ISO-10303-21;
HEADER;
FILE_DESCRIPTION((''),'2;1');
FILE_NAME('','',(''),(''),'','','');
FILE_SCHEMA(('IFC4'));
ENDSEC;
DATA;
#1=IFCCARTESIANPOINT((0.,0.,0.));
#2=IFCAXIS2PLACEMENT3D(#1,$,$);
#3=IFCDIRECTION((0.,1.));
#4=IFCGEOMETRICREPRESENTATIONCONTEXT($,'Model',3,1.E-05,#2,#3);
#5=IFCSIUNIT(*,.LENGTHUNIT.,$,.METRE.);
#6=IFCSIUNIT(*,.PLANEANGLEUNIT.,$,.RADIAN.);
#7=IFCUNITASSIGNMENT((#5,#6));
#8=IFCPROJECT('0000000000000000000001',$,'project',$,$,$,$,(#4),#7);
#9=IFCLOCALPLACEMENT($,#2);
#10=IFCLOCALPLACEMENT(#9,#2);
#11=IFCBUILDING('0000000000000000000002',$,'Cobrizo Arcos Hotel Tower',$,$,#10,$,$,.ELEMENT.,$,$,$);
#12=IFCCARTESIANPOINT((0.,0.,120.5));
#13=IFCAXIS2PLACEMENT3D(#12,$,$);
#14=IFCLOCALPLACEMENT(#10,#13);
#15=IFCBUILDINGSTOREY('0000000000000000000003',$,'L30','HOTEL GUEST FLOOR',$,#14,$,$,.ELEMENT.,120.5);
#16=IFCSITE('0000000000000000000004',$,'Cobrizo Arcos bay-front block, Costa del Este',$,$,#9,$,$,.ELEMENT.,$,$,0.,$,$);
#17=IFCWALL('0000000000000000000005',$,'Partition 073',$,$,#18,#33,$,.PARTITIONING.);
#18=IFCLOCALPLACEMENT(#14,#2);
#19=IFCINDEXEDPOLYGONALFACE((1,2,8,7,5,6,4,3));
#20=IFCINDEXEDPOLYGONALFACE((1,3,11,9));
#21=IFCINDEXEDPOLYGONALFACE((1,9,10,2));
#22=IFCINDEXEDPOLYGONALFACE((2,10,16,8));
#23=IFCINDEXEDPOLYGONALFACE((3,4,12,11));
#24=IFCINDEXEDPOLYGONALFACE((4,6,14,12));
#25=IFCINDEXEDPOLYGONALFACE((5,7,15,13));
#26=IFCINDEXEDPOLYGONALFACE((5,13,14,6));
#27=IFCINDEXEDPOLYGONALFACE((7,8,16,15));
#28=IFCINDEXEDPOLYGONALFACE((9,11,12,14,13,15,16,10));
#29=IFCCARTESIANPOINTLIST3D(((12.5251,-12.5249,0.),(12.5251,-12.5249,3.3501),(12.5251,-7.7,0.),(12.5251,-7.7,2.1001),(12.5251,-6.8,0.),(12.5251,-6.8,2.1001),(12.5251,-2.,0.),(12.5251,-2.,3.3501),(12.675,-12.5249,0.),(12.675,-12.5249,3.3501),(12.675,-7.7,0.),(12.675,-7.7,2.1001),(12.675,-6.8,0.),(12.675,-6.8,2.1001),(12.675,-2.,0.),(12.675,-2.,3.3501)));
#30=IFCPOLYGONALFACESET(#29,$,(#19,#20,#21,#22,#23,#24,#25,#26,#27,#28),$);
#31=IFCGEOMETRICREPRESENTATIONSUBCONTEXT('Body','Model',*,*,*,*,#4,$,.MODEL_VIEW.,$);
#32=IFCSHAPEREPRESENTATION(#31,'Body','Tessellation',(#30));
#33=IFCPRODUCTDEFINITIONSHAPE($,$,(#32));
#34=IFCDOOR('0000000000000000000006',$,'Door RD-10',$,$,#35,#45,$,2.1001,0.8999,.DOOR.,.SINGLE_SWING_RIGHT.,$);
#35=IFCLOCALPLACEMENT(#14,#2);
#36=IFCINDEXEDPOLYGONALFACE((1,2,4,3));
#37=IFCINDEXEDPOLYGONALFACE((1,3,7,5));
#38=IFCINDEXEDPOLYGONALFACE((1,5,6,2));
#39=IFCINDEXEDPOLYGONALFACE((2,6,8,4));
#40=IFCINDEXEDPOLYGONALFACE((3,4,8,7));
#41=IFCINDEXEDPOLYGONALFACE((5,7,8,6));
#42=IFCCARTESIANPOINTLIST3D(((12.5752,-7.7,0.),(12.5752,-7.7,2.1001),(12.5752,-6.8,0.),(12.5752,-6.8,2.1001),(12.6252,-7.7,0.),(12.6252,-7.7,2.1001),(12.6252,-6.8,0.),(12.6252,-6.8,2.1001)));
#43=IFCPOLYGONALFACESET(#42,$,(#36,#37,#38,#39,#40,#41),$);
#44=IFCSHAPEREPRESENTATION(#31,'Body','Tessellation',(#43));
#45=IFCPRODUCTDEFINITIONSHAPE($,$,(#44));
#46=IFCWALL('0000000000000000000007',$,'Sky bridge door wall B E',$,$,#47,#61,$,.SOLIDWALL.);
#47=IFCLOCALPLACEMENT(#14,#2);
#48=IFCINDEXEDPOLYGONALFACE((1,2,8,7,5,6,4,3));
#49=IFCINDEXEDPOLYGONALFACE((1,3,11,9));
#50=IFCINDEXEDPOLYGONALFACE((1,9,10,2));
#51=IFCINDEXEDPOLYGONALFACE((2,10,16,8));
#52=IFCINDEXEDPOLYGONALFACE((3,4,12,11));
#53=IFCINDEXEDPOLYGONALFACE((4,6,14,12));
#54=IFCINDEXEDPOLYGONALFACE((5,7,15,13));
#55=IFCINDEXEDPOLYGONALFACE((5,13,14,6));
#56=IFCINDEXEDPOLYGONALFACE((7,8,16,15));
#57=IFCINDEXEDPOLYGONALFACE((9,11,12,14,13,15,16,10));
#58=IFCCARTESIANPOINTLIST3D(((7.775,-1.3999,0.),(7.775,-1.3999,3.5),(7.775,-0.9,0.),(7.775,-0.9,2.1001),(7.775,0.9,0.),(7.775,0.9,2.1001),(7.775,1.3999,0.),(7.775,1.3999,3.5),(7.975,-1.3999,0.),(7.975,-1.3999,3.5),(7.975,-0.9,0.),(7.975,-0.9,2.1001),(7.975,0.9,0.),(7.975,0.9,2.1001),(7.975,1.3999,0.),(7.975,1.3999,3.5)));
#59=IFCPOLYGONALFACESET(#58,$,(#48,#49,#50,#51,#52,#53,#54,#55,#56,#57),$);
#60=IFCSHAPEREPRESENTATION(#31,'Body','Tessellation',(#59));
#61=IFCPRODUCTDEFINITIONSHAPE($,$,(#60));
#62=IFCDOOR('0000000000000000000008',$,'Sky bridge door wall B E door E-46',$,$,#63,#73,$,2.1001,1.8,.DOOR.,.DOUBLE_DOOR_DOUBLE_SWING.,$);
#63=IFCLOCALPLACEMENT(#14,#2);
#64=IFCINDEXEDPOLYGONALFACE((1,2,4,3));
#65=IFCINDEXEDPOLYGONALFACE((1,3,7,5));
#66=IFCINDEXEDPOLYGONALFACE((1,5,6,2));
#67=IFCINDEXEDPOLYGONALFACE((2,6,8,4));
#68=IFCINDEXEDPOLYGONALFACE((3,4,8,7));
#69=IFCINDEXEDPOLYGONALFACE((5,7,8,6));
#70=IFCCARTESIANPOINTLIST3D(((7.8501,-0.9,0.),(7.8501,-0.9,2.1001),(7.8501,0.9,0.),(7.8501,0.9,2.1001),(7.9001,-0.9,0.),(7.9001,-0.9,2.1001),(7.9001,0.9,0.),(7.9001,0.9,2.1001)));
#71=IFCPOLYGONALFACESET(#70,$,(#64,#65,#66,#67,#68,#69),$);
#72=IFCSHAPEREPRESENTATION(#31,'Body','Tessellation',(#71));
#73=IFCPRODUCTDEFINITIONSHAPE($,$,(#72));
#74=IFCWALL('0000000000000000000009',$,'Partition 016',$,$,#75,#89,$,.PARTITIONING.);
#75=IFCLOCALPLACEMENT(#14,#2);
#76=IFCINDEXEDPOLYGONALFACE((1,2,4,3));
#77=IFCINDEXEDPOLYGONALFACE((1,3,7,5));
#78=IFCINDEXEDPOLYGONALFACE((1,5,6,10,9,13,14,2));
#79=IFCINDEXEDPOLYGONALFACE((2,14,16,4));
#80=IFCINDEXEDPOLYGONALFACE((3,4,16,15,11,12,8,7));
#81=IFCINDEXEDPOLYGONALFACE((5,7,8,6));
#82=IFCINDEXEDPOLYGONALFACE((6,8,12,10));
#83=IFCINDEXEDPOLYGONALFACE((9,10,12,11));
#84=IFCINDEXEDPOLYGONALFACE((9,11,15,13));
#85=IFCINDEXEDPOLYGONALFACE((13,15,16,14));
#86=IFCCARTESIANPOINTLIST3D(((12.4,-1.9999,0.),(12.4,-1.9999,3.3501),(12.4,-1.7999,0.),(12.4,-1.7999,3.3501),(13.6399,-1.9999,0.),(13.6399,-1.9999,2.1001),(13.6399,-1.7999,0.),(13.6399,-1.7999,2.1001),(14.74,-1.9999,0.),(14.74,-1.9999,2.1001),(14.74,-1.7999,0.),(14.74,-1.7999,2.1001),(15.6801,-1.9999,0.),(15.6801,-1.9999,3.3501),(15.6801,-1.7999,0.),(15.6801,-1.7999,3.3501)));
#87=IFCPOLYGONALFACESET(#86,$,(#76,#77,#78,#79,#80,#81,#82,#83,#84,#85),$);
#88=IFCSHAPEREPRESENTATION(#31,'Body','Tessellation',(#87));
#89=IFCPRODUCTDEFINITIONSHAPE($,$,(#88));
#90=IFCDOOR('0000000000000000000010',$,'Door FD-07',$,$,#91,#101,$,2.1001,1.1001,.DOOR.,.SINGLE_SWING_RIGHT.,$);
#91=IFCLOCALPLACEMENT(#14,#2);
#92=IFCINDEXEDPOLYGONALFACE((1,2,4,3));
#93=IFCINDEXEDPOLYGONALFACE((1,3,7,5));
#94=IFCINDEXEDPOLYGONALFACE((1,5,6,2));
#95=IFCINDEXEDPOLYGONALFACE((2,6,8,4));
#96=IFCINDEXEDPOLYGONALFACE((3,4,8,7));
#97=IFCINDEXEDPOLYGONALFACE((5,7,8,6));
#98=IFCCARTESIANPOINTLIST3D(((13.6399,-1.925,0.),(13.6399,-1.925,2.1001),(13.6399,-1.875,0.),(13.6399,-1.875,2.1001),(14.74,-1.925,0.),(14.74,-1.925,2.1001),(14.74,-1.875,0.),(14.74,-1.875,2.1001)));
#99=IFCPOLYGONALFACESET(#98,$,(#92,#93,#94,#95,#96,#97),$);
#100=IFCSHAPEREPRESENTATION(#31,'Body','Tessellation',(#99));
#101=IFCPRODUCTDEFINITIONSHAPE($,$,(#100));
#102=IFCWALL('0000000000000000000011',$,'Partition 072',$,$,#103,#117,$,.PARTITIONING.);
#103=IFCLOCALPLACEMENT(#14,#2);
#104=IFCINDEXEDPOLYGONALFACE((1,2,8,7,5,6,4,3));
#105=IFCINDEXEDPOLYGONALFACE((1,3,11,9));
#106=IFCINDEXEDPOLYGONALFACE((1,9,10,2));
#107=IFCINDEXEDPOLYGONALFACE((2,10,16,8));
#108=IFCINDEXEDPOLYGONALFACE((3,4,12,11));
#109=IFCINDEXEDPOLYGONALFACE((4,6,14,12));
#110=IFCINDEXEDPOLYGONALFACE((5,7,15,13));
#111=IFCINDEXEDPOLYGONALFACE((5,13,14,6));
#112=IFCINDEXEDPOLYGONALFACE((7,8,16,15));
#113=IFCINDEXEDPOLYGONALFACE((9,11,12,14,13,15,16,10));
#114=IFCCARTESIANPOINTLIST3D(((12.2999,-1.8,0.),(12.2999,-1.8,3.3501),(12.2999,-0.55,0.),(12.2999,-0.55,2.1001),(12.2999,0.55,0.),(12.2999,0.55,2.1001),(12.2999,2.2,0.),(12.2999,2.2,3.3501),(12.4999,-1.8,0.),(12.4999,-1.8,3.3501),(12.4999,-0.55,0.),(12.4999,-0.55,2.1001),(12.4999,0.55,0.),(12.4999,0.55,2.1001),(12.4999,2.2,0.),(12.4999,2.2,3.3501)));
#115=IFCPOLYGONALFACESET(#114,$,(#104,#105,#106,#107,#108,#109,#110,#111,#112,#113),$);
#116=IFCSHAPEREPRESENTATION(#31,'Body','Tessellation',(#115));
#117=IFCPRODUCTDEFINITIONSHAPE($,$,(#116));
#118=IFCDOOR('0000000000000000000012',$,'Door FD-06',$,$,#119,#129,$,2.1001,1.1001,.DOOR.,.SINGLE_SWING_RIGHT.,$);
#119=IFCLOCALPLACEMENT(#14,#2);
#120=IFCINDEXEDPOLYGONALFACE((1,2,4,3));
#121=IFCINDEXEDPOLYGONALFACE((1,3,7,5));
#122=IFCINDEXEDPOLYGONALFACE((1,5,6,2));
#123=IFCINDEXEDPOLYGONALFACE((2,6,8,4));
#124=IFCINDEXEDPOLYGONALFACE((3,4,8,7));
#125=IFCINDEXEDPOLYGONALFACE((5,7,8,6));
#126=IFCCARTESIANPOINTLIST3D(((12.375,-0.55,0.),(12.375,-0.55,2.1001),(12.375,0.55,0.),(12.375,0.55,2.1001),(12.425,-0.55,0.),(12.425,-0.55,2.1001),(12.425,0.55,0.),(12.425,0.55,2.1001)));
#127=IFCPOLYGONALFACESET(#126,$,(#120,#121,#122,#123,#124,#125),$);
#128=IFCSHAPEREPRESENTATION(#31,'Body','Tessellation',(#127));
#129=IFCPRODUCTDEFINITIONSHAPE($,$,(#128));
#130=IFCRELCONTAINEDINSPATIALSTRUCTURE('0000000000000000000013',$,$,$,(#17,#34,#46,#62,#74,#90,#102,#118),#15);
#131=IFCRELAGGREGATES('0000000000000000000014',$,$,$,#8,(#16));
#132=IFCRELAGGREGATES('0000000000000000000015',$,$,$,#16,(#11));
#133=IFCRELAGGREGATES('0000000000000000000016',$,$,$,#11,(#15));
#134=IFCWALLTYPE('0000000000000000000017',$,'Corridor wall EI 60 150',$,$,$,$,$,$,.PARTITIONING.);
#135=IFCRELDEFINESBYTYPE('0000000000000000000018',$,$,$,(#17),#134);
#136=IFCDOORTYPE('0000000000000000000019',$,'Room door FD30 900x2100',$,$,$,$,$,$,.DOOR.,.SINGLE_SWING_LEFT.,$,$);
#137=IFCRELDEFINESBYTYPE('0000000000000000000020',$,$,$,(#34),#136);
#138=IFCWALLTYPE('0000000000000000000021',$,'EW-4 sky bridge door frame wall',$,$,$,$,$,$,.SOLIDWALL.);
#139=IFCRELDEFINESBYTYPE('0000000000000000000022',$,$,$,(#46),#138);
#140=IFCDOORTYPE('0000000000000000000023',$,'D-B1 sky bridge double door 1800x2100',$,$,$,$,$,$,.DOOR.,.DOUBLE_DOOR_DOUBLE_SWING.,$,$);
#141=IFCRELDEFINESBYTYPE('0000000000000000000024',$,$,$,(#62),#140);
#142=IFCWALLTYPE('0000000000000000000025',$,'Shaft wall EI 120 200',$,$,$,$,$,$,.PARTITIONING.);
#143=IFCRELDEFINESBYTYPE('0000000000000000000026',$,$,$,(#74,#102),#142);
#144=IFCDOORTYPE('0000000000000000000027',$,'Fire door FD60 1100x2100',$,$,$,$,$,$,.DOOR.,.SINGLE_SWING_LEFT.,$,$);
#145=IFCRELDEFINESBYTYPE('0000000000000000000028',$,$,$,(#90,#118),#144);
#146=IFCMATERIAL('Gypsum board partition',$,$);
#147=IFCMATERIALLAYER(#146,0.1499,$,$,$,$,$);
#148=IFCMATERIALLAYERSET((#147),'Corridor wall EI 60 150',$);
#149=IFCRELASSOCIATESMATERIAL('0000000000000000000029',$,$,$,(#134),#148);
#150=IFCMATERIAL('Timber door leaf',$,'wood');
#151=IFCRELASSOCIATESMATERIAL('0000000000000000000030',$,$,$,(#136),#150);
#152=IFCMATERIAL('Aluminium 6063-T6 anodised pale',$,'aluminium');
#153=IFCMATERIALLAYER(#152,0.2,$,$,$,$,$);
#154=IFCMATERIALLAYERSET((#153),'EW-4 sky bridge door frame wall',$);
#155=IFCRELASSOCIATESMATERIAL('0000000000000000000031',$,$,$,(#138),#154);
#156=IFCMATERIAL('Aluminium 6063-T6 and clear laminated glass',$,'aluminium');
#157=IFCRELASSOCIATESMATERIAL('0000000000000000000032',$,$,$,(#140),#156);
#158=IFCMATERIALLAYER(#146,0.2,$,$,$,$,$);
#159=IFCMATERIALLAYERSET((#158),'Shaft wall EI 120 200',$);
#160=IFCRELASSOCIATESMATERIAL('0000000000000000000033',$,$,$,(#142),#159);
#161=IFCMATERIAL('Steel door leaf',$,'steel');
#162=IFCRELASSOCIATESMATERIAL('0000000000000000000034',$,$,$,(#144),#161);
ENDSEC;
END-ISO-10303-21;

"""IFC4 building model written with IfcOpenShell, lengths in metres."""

from ifc_helpers import new_model, si_unit, direction, frame, frame_2d, origin, place, context, subcontext, project, spatial, rectangle, extrude, material, layer, layer_set, type_object, element, fill, save


model = new_model("IFC4")

# Units and contexts
model_context = context("Model", 3, precision=1e-05, world=origin(), true_north=direction((0.0, 1.0)))
body_context = subcontext(model_context, "Body", "Model", "MODEL_VIEW")
ifc_project = project(units=[si_unit("LENGTHUNIT", "METRE"), si_unit("PLANEANGLEUNIT", "RADIAN")], contexts=[model_context])

# Site, building, storey
site_placement = place(None, origin())
site = spatial("IfcSite", under=ifc_project, at=site_placement, Name="Cobrizo Arcos bay-front block, Costa del Este", CompositionType="ELEMENT", RefElevation=0.0)
building_placement = place(site_placement, origin())
building = spatial("IfcBuilding", under=site, at=building_placement, Name="Cobrizo Arcos Hotel Tower", CompositionType="ELEMENT")
storey_placement = place(building_placement, frame((0.0, 0.0, 120.5)))
storey = spatial("IfcBuildingStorey", under=building, at=storey_placement, Name="L30", Description="HOTEL GUEST FLOOR", CompositionType="ELEMENT", Elevation=120.5)

# Shared definitions
ifc_material_1 = material(Name="Gypsum board partition")
ifc_layer_1 = layer(ifc_material_1, 0.1499)
ifc_layer_set_1 = layer_set([ifc_layer_1], Name="Corridor wall EI 60 150")
wall_type_1 = type_object("IfcWallType", Name="Corridor wall EI 60 150", PredefinedType="PARTITIONING", material=ifc_layer_set_1)
ifc_material_2 = material(Name="Timber door leaf", Category="wood")

# Walls, openings, doors
wall_1_placement = place(storey_placement, frame((12.6001, -12.5249, 0.0), z_axis=(0.0, 0.0, 1.0), x_axis=(0.0, 1.0, 0.0)))
wall_1 = element("IfcWall", 1, at=wall_1_placement, inside=storey, type_object=wall_type_1, Name="Partition 073", PredefinedType="PARTITIONING", context=body_context, shape_type="SweptSolid", body=[
    extrude(rectangle(XDim=10.5249, YDim=0.1499, at=frame_2d((5.2625, 0.0))), origin(), (0.0, 0.0, 1.0), 3.3501),
])
opening_1_placement = place(wall_1_placement, frame((4.825, 0.0, 0.0)))
opening_1 = element("IfcOpeningElement", 2, at=opening_1_placement, cuts=wall_1, PredefinedType="OPENING", context=body_context, shape_type="SweptSolid", body=[
    extrude(rectangle(XDim=0.8999, YDim=2.1001, at=frame_2d((0.45, 1.05))), frame((0.0, 0.0869, 0.0), z_axis=(0.0, -1.0, 0.0), x_axis=(1.0, 0.0, 0.0)), (0.0, 0.0, 1.0), 0.1738),
])
door_type_1 = type_object("IfcDoorType", Name="Room door FD30 900x2100", OperationType="SINGLE_SWING_LEFT", PredefinedType="DOOR", material=ifc_material_2)
door_1_placement = place(opening_1_placement, origin())
door_1 = element("IfcDoor", 3, at=door_1_placement, inside=storey, type_object=door_type_1, Name="Door RD-10", OperationType="SINGLE_SWING_RIGHT", OverallHeight=2.1001, OverallWidth=0.8999, PredefinedType="DOOR", context=body_context, shape_type="SweptSolid", body=[
    extrude(rectangle(XDim=0.8999, YDim=2.1001, at=frame_2d((0.45, 1.05))), frame((0.0, 0.0249, 0.0), z_axis=(0.0, -1.0, 0.0), x_axis=(1.0, 0.0, 0.0)), (0.0, 0.0, 1.0), 0.05),
])
fill(opening_1, door_1)
ifc_material_3 = material(Name="Aluminium 6063-T6 anodised pale", Category="aluminium")
ifc_layer_2 = layer(ifc_material_3, 0.2)
ifc_layer_set_2 = layer_set([ifc_layer_2], Name="EW-4 sky bridge door frame wall")
wall_type_2 = type_object("IfcWallType", Name="EW-4 sky bridge door frame wall", PredefinedType="SOLIDWALL", material=ifc_layer_set_2)
wall_2_placement = place(storey_placement, frame((7.875, -1.3999, 0.0), z_axis=(0.0, 0.0, 1.0), x_axis=(0.0, 1.0, 0.0)))
wall_2 = element("IfcWall", 4, at=wall_2_placement, inside=storey, type_object=wall_type_2, Name="Sky bridge door wall B E", PredefinedType="SOLIDWALL", context=body_context, shape_type="SweptSolid", body=[
    extrude(rectangle(XDim=2.7998, YDim=0.2, at=frame_2d((1.3999, 0.0))), origin(), (0.0, 0.0, 1.0), 3.5),
])
opening_2_placement = place(wall_2_placement, frame((0.5, 0.0, 0.0)))
opening_2 = element("IfcOpeningElement", 5, at=opening_2_placement, cuts=wall_2, PredefinedType="OPENING", context=body_context, shape_type="SweptSolid", body=[
    extrude(rectangle(XDim=1.8, YDim=2.1001, at=frame_2d((0.8999, 1.05))), frame((0.0, 0.1121, 0.0), z_axis=(0.0, -1.0, 0.0), x_axis=(1.0, 0.0, 0.0)), (0.0, 0.0, 1.0), 0.2239),
])
ifc_material_4 = material(Name="Aluminium 6063-T6 and clear laminated glass", Category="aluminium")
door_type_2 = type_object("IfcDoorType", Name="D-B1 sky bridge double door 1800x2100", OperationType="DOUBLE_DOOR_DOUBLE_SWING", PredefinedType="DOOR", material=ifc_material_4)
door_2_placement = place(opening_2_placement, origin())
door_2 = element("IfcDoor", 6, at=door_2_placement, inside=storey, type_object=door_type_2, Name="Sky bridge door wall B E door E-46", OperationType="DOUBLE_DOOR_DOUBLE_SWING", OverallHeight=2.1001, OverallWidth=1.8, PredefinedType="DOOR", context=body_context, shape_type="SweptSolid", body=[
    extrude(rectangle(XDim=1.8, YDim=2.1001, at=frame_2d((0.8999, 1.05))), frame((0.0, 0.0249, 0.0), z_axis=(0.0, -1.0, 0.0), x_axis=(1.0, 0.0, 0.0)), (0.0, 0.0, 1.0), 0.05),
])
fill(opening_2, door_2)
ifc_layer_3 = layer(ifc_material_1, 0.2)
ifc_layer_set_3 = layer_set([ifc_layer_3], Name="Shaft wall EI 120 200")
wall_type_3 = type_object("IfcWallType", Name="Shaft wall EI 120 200", PredefinedType="PARTITIONING", material=ifc_layer_set_3)
wall_3_placement = place(storey_placement, frame((12.3999, -1.8999, 0.0), z_axis=(0.0, 0.0, 1.0), x_axis=(1.0, 0.0, 0.0)))
wall_3 = element("IfcWall", 7, at=wall_3_placement, inside=storey, type_object=wall_type_3, Name="Partition 016", PredefinedType="PARTITIONING", context=body_context, shape_type="SweptSolid", body=[
    extrude(rectangle(XDim=3.28, YDim=0.2, at=frame_2d((1.6401, 0.0))), origin(), (0.0, 0.0, 1.0), 3.3501),
])
opening_3_placement = place(wall_3_placement, frame((1.24, 0.0, 0.0)))
opening_3 = element("IfcOpeningElement", 8, at=opening_3_placement, cuts=wall_3, PredefinedType="OPENING", context=body_context, shape_type="SweptSolid", body=[
    extrude(rectangle(XDim=1.1001, YDim=2.1001, at=frame_2d((0.55, 1.05))), frame((0.0, 0.1121, 0.0), z_axis=(0.0, -1.0, 0.0), x_axis=(1.0, 0.0, 0.0)), (0.0, 0.0, 1.0), 0.2239),
])
ifc_material_5 = material(Name="Steel door leaf", Category="steel")
door_type_3 = type_object("IfcDoorType", Name="Fire door FD60 1100x2100", OperationType="SINGLE_SWING_LEFT", PredefinedType="DOOR", material=ifc_material_5)
door_3_placement = place(opening_3_placement, origin())
door_3 = element("IfcDoor", 9, at=door_3_placement, inside=storey, type_object=door_type_3, Name="Door FD-07", OperationType="SINGLE_SWING_RIGHT", OverallHeight=2.1001, OverallWidth=1.1001, PredefinedType="DOOR", context=body_context, shape_type="SweptSolid", body=[
    extrude(rectangle(XDim=1.1001, YDim=2.1001, at=frame_2d((0.55, 1.05))), frame((0.0, 0.0249, 0.0), z_axis=(0.0, -1.0, 0.0), x_axis=(1.0, 0.0, 0.0)), (0.0, 0.0, 1.0), 0.05),
])
fill(opening_3, door_3)
wall_4_placement = place(storey_placement, frame((12.3999, -1.8, 0.0), z_axis=(0.0, 0.0, 1.0), x_axis=(0.0, 1.0, 0.0)))
wall_4 = element("IfcWall", 10, at=wall_4_placement, inside=storey, type_object=wall_type_3, Name="Partition 072", PredefinedType="PARTITIONING", context=body_context, shape_type="SweptSolid", body=[
    extrude(rectangle(XDim=4.0, YDim=0.2, at=frame_2d((2.0, 0.0))), origin(), (0.0, 0.0, 1.0), 3.3501),
])
opening_4_placement = place(wall_4_placement, frame((1.25, 0.0, 0.0)))
opening_4 = element("IfcOpeningElement", 11, at=opening_4_placement, cuts=wall_4, PredefinedType="OPENING", context=body_context, shape_type="SweptSolid", body=[
    extrude(rectangle(XDim=1.1001, YDim=2.1001, at=frame_2d((0.55, 1.05))), frame((0.0, 0.1121, 0.0), z_axis=(0.0, -1.0, 0.0), x_axis=(1.0, 0.0, 0.0)), (0.0, 0.0, 1.0), 0.2239),
])
door_4_placement = place(opening_4_placement, origin())
door_4 = element("IfcDoor", 12, at=door_4_placement, inside=storey, type_object=door_type_3, Name="Door FD-06", OperationType="SINGLE_SWING_RIGHT", OverallHeight=2.1001, OverallWidth=1.1001, PredefinedType="DOOR", context=body_context, shape_type="SweptSolid", body=[
    extrude(rectangle(XDim=1.1001, YDim=2.1001, at=frame_2d((0.55, 1.05))), frame((0.0, 0.0249, 0.0), z_axis=(0.0, -1.0, 0.0), x_axis=(1.0, 0.0, 0.0)), (0.0, 0.0, 1.0), 0.05),
])
fill(opening_4, door_4)

save(model, "model.ifc")
